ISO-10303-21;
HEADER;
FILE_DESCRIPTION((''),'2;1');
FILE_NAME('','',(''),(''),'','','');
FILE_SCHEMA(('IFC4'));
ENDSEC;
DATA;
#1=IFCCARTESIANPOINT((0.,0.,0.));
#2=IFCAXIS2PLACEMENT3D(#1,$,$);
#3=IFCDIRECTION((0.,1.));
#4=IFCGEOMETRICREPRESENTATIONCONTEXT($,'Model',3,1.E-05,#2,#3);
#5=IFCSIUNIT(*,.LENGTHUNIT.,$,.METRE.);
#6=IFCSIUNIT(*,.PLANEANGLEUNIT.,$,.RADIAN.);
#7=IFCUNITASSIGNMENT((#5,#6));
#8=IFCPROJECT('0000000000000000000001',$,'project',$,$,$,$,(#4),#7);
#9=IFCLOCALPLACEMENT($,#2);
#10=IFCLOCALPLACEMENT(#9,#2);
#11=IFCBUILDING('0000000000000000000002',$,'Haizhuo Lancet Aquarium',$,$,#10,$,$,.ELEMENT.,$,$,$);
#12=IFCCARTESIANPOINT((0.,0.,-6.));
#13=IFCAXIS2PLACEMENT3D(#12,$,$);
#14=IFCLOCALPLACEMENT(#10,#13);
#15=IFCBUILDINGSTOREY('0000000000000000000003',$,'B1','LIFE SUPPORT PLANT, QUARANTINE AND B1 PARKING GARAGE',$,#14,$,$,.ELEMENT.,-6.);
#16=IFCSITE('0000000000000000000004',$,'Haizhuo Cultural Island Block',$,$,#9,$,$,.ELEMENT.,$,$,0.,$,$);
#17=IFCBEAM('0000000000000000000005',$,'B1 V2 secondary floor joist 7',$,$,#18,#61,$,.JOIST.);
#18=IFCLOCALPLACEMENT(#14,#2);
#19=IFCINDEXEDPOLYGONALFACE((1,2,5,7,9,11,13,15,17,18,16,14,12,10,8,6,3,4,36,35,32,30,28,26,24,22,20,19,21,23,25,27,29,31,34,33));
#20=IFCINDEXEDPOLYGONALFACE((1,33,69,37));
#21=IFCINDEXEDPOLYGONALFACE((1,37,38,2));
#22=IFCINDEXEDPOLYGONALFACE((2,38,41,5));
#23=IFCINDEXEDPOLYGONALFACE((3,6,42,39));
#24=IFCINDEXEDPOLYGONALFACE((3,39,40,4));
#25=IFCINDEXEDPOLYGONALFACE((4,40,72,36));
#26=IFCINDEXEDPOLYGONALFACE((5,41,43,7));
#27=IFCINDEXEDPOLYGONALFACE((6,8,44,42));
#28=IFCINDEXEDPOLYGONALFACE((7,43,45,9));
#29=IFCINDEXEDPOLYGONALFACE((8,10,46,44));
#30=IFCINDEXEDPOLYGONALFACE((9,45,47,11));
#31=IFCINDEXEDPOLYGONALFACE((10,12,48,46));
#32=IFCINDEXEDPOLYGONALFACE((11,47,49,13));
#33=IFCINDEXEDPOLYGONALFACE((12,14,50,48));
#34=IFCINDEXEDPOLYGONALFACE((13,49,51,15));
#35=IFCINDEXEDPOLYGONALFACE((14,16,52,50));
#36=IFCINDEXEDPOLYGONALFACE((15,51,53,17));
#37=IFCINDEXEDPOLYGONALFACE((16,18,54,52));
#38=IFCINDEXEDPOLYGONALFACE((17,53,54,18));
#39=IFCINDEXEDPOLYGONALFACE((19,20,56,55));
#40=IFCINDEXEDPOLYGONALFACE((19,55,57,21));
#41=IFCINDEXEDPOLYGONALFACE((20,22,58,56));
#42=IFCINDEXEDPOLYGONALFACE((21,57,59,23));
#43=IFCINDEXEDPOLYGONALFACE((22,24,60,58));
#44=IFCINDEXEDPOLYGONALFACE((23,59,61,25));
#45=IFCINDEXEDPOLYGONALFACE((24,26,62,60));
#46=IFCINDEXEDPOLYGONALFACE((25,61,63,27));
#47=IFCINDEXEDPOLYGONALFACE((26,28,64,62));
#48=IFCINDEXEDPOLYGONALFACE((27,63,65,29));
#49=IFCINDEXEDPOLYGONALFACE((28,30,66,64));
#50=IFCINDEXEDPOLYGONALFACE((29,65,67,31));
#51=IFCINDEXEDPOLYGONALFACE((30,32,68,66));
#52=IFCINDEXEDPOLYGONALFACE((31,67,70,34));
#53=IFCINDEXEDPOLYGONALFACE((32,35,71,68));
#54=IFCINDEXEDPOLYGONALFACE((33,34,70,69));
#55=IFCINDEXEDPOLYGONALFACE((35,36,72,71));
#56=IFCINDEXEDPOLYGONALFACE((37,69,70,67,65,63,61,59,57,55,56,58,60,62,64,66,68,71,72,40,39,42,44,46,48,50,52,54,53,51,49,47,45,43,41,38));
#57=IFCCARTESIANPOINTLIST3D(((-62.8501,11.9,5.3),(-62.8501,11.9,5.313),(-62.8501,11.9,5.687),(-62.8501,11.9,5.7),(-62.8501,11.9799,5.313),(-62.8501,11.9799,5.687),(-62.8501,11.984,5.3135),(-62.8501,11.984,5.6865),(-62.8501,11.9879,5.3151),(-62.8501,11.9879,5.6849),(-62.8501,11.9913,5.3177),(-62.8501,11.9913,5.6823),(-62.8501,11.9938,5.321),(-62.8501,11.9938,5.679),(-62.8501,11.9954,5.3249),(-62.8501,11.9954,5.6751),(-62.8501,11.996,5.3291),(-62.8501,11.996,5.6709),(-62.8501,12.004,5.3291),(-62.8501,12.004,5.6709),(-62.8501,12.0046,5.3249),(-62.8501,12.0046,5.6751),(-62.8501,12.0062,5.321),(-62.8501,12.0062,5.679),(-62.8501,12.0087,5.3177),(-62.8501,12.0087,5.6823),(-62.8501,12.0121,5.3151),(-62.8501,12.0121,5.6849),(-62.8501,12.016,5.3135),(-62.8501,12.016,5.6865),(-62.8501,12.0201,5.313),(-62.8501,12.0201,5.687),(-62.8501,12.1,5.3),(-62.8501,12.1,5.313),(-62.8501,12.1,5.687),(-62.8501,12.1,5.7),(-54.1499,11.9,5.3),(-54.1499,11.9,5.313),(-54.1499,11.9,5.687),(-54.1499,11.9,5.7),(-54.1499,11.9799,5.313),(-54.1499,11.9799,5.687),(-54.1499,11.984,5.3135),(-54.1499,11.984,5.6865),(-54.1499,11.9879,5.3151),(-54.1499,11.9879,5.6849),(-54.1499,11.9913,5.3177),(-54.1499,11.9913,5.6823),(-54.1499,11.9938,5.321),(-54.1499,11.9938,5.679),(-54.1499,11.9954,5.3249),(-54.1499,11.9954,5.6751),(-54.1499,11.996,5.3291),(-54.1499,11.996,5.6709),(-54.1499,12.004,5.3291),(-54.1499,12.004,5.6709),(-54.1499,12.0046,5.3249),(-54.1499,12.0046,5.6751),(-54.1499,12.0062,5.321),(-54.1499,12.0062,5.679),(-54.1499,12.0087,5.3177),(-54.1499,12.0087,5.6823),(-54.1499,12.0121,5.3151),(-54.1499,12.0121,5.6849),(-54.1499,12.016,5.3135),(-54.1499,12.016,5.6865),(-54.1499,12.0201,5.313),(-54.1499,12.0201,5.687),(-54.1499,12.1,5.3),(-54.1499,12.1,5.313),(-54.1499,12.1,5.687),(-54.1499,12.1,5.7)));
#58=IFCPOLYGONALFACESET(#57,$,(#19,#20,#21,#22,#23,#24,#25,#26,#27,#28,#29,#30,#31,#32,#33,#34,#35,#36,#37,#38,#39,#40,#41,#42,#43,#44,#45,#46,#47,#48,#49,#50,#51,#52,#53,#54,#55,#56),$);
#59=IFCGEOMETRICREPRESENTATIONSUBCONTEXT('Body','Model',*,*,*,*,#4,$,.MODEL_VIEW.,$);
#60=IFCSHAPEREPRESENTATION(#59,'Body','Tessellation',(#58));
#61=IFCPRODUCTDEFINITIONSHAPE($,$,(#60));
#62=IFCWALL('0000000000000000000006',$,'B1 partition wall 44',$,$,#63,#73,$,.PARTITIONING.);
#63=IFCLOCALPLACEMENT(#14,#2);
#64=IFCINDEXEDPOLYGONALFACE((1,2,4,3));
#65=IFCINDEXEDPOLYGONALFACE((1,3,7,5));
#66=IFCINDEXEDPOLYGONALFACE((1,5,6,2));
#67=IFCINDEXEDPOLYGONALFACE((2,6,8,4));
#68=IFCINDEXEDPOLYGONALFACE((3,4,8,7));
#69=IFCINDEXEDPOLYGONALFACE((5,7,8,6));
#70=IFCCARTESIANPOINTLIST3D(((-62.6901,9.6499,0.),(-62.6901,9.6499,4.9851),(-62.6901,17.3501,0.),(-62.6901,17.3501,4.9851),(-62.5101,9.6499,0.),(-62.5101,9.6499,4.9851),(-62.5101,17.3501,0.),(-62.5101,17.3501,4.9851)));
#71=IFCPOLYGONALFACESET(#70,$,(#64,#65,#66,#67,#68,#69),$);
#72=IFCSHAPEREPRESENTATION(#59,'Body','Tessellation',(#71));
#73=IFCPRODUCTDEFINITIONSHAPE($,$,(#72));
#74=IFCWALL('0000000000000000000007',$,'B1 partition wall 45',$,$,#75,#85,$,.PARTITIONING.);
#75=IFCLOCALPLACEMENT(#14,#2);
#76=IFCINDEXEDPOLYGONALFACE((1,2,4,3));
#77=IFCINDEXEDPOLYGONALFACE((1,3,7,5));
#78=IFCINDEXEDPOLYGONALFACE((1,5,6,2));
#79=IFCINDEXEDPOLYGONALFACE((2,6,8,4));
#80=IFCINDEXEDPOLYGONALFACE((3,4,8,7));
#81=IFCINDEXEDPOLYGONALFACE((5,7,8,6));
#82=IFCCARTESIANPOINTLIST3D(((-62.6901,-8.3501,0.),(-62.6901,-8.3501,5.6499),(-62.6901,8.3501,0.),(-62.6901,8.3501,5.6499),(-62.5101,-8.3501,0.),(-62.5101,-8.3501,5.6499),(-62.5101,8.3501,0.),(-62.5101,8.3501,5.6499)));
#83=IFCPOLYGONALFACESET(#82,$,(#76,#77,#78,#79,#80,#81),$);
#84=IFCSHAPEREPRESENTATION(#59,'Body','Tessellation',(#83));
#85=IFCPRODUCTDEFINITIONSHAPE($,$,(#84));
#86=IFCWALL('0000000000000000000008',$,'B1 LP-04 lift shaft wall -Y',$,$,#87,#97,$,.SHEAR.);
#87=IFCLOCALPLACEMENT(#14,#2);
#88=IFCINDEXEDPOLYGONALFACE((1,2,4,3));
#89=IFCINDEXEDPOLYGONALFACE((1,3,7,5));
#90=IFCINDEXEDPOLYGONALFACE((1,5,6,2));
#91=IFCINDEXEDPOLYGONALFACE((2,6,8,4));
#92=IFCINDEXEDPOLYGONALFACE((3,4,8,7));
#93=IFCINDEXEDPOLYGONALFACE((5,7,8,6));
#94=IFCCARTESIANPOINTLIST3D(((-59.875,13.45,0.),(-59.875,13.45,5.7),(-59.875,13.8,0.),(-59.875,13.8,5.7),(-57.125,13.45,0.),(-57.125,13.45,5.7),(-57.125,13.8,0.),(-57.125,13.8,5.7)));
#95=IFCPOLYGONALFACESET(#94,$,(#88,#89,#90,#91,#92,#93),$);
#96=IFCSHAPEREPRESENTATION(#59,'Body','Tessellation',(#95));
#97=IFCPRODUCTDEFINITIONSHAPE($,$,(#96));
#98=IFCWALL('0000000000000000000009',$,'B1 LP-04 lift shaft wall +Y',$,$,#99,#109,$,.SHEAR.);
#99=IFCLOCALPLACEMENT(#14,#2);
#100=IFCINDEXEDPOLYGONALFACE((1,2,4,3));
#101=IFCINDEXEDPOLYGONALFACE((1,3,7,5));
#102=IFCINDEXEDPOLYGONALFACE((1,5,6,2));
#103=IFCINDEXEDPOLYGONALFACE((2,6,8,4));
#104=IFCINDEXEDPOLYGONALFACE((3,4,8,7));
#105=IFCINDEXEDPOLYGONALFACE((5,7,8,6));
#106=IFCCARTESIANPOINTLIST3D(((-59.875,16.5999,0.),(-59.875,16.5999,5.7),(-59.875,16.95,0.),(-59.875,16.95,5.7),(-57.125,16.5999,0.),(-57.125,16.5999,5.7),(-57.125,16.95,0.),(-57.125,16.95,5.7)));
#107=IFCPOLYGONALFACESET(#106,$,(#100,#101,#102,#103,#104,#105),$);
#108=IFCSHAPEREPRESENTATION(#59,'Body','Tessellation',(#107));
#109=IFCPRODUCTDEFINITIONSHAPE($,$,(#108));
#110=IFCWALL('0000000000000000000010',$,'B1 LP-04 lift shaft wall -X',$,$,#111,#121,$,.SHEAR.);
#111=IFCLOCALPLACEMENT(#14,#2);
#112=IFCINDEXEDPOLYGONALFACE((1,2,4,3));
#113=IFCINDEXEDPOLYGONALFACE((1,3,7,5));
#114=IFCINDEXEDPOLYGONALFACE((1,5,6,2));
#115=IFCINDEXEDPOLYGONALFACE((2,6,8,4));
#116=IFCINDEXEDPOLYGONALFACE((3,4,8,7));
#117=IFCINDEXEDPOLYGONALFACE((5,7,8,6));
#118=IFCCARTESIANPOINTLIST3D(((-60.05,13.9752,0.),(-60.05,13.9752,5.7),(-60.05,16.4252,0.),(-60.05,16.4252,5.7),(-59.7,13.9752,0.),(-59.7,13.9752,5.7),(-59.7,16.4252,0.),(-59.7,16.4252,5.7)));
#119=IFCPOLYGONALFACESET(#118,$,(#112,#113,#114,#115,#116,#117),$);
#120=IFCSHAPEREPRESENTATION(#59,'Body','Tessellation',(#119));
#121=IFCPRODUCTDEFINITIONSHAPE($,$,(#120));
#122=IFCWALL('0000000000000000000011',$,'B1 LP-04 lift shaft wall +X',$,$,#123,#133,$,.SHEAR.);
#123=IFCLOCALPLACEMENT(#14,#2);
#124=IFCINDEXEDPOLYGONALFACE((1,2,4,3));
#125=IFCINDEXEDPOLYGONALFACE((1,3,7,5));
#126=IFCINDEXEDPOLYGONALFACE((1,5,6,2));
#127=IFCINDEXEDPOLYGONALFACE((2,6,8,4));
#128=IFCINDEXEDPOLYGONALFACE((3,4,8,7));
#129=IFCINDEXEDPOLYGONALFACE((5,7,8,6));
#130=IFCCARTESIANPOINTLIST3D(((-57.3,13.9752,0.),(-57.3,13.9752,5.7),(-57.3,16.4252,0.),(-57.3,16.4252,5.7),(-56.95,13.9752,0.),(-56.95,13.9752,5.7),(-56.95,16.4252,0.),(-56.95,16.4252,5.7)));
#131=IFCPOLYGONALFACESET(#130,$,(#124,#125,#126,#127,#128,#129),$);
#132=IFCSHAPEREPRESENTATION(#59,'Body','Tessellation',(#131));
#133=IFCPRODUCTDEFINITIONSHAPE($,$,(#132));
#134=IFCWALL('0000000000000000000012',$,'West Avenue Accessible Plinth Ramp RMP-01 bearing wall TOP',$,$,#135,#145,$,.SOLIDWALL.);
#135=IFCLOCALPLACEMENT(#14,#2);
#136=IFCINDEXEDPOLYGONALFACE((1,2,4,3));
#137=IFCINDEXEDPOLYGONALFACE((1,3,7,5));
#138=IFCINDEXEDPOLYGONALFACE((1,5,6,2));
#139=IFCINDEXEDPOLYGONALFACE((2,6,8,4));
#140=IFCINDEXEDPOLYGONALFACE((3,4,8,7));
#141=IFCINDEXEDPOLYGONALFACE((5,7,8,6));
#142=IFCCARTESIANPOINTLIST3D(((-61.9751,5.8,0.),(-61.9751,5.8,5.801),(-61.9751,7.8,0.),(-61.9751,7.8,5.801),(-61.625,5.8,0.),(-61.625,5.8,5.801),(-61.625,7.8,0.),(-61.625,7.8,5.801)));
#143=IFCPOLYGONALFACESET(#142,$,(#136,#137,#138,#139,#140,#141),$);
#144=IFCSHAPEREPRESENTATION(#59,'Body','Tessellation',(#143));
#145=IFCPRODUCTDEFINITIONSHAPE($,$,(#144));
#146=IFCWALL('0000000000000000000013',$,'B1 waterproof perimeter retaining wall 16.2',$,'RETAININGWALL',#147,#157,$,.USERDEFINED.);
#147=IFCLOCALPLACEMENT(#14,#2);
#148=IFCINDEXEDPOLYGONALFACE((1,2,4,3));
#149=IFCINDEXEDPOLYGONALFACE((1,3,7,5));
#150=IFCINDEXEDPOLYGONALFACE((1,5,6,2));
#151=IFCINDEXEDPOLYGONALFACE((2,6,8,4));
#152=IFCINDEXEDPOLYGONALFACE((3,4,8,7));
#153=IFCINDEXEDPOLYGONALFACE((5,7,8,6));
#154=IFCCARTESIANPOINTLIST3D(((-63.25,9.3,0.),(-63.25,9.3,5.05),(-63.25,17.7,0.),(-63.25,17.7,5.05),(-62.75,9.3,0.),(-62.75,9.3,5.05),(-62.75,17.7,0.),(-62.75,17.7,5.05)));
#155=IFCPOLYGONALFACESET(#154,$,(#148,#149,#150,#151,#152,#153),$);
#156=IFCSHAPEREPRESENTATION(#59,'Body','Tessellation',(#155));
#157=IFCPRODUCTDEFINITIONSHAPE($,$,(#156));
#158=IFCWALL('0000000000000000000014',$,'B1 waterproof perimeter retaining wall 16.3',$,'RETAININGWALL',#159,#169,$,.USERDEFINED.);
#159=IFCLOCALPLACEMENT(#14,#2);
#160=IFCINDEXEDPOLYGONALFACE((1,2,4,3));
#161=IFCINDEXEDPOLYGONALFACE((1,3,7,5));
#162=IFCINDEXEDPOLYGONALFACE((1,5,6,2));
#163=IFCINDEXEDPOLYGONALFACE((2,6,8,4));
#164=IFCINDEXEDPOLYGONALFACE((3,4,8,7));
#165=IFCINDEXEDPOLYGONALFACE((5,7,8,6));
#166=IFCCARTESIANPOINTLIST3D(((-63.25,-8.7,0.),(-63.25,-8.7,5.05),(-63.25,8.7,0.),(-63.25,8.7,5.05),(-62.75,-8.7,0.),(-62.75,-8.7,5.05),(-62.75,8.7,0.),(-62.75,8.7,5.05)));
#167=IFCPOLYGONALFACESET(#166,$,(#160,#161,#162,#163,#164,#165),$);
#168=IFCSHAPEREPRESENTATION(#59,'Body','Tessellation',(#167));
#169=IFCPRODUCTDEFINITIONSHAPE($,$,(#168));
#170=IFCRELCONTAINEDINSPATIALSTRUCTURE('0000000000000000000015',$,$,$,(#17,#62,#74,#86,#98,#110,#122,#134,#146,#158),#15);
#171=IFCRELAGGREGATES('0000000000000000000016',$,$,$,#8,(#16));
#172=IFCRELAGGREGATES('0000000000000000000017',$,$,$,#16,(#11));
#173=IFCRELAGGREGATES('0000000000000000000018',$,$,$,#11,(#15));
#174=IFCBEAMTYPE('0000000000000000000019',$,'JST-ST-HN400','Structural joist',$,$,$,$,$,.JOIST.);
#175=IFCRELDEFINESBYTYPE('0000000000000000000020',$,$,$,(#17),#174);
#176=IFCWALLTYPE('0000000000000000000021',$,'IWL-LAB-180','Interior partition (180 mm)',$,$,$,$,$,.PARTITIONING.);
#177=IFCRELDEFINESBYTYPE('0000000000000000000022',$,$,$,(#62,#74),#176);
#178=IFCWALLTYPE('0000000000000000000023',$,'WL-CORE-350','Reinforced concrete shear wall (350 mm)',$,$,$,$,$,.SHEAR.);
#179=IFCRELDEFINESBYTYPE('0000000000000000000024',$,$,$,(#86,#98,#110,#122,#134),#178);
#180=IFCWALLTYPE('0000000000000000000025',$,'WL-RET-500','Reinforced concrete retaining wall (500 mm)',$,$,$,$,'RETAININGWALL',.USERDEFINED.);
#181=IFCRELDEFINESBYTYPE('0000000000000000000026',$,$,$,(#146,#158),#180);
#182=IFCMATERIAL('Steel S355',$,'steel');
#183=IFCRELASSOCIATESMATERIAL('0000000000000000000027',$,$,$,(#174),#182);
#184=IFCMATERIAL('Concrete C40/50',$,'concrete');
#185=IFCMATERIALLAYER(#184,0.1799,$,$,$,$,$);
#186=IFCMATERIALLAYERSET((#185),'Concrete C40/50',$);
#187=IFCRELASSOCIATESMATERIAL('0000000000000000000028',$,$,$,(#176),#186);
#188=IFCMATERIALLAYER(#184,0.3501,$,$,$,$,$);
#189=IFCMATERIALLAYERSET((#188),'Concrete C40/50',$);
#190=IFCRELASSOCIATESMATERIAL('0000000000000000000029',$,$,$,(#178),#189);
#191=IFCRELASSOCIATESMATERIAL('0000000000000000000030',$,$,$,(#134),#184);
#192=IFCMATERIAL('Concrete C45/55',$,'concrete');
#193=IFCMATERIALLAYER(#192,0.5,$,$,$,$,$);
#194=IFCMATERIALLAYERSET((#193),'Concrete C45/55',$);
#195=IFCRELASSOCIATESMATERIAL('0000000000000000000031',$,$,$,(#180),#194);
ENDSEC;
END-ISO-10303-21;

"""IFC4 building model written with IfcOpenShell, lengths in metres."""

from ifc_helpers import new_model, si_unit, direction, frame, frame_2d, origin, origin_2d, place, context, subcontext, project, spatial, rectangle, i_section, extrude, material, layer, layer_set, material_profile, profile_set, type_object, element, save


model = new_model("IFC4")

# Units and contexts
model_context = context("Model", 3, precision=1e-05, world=origin(), true_north=direction((0.0, 1.0)))
body_context = subcontext(model_context, "Body", "Model", "MODEL_VIEW")
ifc_project = project(units=[si_unit("LENGTHUNIT", "METRE"), si_unit("PLANEANGLEUNIT", "RADIAN")], contexts=[model_context])

# Site, building, storey
site_placement = place(None, origin())
site = spatial("IfcSite", under=ifc_project, at=site_placement, Name="Haizhuo Cultural Island Block", CompositionType="ELEMENT", RefElevation=0.0)
building_placement = place(site_placement, origin())
building = spatial("IfcBuilding", under=site, at=building_placement, Name="Haizhuo Lancet Aquarium", CompositionType="ELEMENT")
storey_placement = place(building_placement, frame((0.0, 0.0, -6.0)))
storey = spatial("IfcBuildingStorey", under=building, at=storey_placement, Name="B1", Description="LIFE SUPPORT PLANT, QUARANTINE AND B1 PARKING GARAGE", CompositionType="ELEMENT", Elevation=-6.0)

# Shared definitions
ifc_material_1 = material(Name="Concrete C40/50", Category="concrete")

# Beam
ifc_material_2 = material(Name="Steel S355", Category="steel")
ifc_material_profile_1 = material_profile(ifc_material_2, i_section(OverallWidth=0.2, OverallDepth=0.3999, WebThickness=0.0081, FlangeThickness=0.0129, FilletRadius=0.0161, at=origin_2d()), Name="HN 400x200x8x13")
ifc_profile_set_1 = profile_set([ifc_material_profile_1], Name="Steel S355")
beam_type_1 = type_object("IfcBeamType", Name="JST-ST-HN400", Description="Structural joist", PredefinedType="JOIST", material=ifc_profile_set_1)
beam_placement = place(storey_placement, frame((-62.8501, 12.0, 5.5), z_axis=(1.0, 0.0, 0.0), x_axis=(0.0, 1.0, 0.0)))
element("IfcBeam", 1, at=beam_placement, inside=storey, type_object=beam_type_1, Name="B1 V2 secondary floor joist 7", PredefinedType="JOIST", context=body_context, shape_type="SweptSolid", body=[
    extrude(i_section(OverallWidth=0.2, OverallDepth=0.3999, WebThickness=0.0081, FlangeThickness=0.0129, FilletRadius=0.0161, at=origin_2d()), origin(), (0.0, 0.0, 1.0), 8.7002),
])

# Walls
ifc_layer_1 = layer(ifc_material_1, 0.1799)
ifc_layer_set_1 = layer_set([ifc_layer_1], Name="Concrete C40/50")
wall_type_1 = type_object("IfcWallType", Name="IWL-LAB-180", Description="Interior partition (180 mm)", PredefinedType="PARTITIONING", material=ifc_layer_set_1)
wall_1_placement = place(storey_placement, frame((-62.6001, 17.3501, 0.0), z_axis=(0.0, 0.0, 1.0), x_axis=(0.0, -1.0, 0.0)))
element("IfcWall", 2, at=wall_1_placement, inside=storey, type_object=wall_type_1, Name="B1 partition wall 44", PredefinedType="PARTITIONING", context=body_context, shape_type="SweptSolid", body=[
    extrude(rectangle(XDim=7.7002, YDim=0.1799, at=frame_2d((3.8501, 0.0))), origin(), (0.0, 0.0, 1.0), 4.9851),
])
wall_2_placement = place(storey_placement, frame((-62.6001, 8.3501, 0.0), z_axis=(0.0, 0.0, 1.0), x_axis=(0.0, -1.0, 0.0)))
element("IfcWall", 3, at=wall_2_placement, inside=storey, type_object=wall_type_1, Name="B1 partition wall 45", PredefinedType="PARTITIONING", context=body_context, shape_type="SweptSolid", body=[
    extrude(rectangle(XDim=16.7002, YDim=0.1799, at=frame_2d((8.3501, 0.0))), origin(), (0.0, 0.0, 1.0), 5.6499),
])
ifc_layer_2 = layer(ifc_material_1, 0.3501)
ifc_layer_set_2 = layer_set([ifc_layer_2], Name="Concrete C40/50")
wall_type_2 = type_object("IfcWallType", Name="WL-CORE-350", Description="Reinforced concrete shear wall (350 mm)", PredefinedType="SHEAR", material=ifc_layer_set_2)
for number, where, z_axis, x_axis, name in (
    (4, (-59.875, 13.625, 0.0), (0.0, 0.0, 1.0), (1.0, 0.0, 0.0), "B1 LP-04 lift shaft wall -Y"),
    (5, (-57.125, 16.7749, 0.0), (0.0, 0.0, 1.0), (-1.0, 0.0, 0.0), "B1 LP-04 lift shaft wall +Y"),
):
    element("IfcWall", number, at=place(storey_placement, frame(where, z_axis=z_axis, x_axis=x_axis)), inside=storey, type_object=wall_type_2, Name=name, PredefinedType="SHEAR", context=body_context, shape_type="SweptSolid", body=[
        extrude(rectangle(XDim=2.75, YDim=0.3501, at=frame_2d((1.375, 0.0))), origin(), (0.0, 0.0, 1.0), 5.7),
    ])
for number, where, z_axis, x_axis, name in (
    (6, (-59.875, 13.9751, 0.0), (0.0, 0.0, 1.0), (0.0, 1.0, 0.0), "B1 LP-04 lift shaft wall -X"),
    (7, (-57.125, 13.9751, 0.0), (0.0, 0.0, 1.0), (0.0, 1.0, 0.0), "B1 LP-04 lift shaft wall +X"),
):
    element("IfcWall", number, at=place(storey_placement, frame(where, z_axis=z_axis, x_axis=x_axis)), inside=storey, type_object=wall_type_2, Name=name, PredefinedType="SHEAR", context=body_context, shape_type="SweptSolid", body=[
        extrude(rectangle(XDim=2.45, YDim=0.3501, at=frame_2d((1.2251, 0.0))), origin(), (0.0, 0.0, 1.0), 5.7),
    ])
wall_3_placement = place(storey_placement, frame((-61.8, 5.8, 0.0), z_axis=(0.0, 0.0, 1.0), x_axis=(0.0, 1.0, 0.0)))
element("IfcWall", 8, at=wall_3_placement, inside=storey, type_object=wall_type_2, material=ifc_material_1, Name="West Avenue Accessible Plinth Ramp RMP-01 bearing wall TOP", PredefinedType="SOLIDWALL", context=body_context, shape_type="SweptSolid", body=[
    extrude(rectangle(XDim=2.0, YDim=0.3501, at=frame_2d((1.0, 0.0))), origin(), (0.0, 0.0, 1.0), 5.801),
])
ifc_material_3 = material(Name="Concrete C45/55", Category="concrete")
ifc_layer_3 = layer(ifc_material_3, 0.5)
ifc_layer_set_3 = layer_set([ifc_layer_3], Name="Concrete C45/55")
wall_type_3 = type_object("IfcWallType", Name="WL-RET-500", Description="Reinforced concrete retaining wall (500 mm)", ElementType="RETAININGWALL", PredefinedType="USERDEFINED", material=ifc_layer_set_3)
wall_4_placement = place(storey_placement, frame((-63.0, 17.7, 0.0), z_axis=(0.0, 0.0, 1.0), x_axis=(0.0, -1.0, 0.0)))
element("IfcWall", 9, at=wall_4_placement, inside=storey, type_object=wall_type_3, Name="B1 waterproof perimeter retaining wall 16.2", ObjectType="RETAININGWALL", PredefinedType="USERDEFINED", context=body_context, shape_type="SweptSolid", body=[
    extrude(rectangle(XDim=8.3999, YDim=0.5, at=frame_2d((4.2, 0.0))), origin(), (0.0, 0.0, 1.0), 5.05),
])
wall_5_placement = place(storey_placement, frame((-63.0, 8.7, 0.0), z_axis=(0.0, 0.0, 1.0), x_axis=(0.0, -1.0, 0.0)))
element("IfcWall", 10, at=wall_5_placement, inside=storey, type_object=wall_type_3, Name="B1 waterproof perimeter retaining wall 16.3", ObjectType="RETAININGWALL", PredefinedType="USERDEFINED", context=body_context, shape_type="SweptSolid", body=[
    extrude(rectangle(XDim=17.3999, YDim=0.5, at=frame_2d((8.7, 0.0))), origin(), (0.0, 0.0, 1.0), 5.05),
])

save(model, "model.ifc")
